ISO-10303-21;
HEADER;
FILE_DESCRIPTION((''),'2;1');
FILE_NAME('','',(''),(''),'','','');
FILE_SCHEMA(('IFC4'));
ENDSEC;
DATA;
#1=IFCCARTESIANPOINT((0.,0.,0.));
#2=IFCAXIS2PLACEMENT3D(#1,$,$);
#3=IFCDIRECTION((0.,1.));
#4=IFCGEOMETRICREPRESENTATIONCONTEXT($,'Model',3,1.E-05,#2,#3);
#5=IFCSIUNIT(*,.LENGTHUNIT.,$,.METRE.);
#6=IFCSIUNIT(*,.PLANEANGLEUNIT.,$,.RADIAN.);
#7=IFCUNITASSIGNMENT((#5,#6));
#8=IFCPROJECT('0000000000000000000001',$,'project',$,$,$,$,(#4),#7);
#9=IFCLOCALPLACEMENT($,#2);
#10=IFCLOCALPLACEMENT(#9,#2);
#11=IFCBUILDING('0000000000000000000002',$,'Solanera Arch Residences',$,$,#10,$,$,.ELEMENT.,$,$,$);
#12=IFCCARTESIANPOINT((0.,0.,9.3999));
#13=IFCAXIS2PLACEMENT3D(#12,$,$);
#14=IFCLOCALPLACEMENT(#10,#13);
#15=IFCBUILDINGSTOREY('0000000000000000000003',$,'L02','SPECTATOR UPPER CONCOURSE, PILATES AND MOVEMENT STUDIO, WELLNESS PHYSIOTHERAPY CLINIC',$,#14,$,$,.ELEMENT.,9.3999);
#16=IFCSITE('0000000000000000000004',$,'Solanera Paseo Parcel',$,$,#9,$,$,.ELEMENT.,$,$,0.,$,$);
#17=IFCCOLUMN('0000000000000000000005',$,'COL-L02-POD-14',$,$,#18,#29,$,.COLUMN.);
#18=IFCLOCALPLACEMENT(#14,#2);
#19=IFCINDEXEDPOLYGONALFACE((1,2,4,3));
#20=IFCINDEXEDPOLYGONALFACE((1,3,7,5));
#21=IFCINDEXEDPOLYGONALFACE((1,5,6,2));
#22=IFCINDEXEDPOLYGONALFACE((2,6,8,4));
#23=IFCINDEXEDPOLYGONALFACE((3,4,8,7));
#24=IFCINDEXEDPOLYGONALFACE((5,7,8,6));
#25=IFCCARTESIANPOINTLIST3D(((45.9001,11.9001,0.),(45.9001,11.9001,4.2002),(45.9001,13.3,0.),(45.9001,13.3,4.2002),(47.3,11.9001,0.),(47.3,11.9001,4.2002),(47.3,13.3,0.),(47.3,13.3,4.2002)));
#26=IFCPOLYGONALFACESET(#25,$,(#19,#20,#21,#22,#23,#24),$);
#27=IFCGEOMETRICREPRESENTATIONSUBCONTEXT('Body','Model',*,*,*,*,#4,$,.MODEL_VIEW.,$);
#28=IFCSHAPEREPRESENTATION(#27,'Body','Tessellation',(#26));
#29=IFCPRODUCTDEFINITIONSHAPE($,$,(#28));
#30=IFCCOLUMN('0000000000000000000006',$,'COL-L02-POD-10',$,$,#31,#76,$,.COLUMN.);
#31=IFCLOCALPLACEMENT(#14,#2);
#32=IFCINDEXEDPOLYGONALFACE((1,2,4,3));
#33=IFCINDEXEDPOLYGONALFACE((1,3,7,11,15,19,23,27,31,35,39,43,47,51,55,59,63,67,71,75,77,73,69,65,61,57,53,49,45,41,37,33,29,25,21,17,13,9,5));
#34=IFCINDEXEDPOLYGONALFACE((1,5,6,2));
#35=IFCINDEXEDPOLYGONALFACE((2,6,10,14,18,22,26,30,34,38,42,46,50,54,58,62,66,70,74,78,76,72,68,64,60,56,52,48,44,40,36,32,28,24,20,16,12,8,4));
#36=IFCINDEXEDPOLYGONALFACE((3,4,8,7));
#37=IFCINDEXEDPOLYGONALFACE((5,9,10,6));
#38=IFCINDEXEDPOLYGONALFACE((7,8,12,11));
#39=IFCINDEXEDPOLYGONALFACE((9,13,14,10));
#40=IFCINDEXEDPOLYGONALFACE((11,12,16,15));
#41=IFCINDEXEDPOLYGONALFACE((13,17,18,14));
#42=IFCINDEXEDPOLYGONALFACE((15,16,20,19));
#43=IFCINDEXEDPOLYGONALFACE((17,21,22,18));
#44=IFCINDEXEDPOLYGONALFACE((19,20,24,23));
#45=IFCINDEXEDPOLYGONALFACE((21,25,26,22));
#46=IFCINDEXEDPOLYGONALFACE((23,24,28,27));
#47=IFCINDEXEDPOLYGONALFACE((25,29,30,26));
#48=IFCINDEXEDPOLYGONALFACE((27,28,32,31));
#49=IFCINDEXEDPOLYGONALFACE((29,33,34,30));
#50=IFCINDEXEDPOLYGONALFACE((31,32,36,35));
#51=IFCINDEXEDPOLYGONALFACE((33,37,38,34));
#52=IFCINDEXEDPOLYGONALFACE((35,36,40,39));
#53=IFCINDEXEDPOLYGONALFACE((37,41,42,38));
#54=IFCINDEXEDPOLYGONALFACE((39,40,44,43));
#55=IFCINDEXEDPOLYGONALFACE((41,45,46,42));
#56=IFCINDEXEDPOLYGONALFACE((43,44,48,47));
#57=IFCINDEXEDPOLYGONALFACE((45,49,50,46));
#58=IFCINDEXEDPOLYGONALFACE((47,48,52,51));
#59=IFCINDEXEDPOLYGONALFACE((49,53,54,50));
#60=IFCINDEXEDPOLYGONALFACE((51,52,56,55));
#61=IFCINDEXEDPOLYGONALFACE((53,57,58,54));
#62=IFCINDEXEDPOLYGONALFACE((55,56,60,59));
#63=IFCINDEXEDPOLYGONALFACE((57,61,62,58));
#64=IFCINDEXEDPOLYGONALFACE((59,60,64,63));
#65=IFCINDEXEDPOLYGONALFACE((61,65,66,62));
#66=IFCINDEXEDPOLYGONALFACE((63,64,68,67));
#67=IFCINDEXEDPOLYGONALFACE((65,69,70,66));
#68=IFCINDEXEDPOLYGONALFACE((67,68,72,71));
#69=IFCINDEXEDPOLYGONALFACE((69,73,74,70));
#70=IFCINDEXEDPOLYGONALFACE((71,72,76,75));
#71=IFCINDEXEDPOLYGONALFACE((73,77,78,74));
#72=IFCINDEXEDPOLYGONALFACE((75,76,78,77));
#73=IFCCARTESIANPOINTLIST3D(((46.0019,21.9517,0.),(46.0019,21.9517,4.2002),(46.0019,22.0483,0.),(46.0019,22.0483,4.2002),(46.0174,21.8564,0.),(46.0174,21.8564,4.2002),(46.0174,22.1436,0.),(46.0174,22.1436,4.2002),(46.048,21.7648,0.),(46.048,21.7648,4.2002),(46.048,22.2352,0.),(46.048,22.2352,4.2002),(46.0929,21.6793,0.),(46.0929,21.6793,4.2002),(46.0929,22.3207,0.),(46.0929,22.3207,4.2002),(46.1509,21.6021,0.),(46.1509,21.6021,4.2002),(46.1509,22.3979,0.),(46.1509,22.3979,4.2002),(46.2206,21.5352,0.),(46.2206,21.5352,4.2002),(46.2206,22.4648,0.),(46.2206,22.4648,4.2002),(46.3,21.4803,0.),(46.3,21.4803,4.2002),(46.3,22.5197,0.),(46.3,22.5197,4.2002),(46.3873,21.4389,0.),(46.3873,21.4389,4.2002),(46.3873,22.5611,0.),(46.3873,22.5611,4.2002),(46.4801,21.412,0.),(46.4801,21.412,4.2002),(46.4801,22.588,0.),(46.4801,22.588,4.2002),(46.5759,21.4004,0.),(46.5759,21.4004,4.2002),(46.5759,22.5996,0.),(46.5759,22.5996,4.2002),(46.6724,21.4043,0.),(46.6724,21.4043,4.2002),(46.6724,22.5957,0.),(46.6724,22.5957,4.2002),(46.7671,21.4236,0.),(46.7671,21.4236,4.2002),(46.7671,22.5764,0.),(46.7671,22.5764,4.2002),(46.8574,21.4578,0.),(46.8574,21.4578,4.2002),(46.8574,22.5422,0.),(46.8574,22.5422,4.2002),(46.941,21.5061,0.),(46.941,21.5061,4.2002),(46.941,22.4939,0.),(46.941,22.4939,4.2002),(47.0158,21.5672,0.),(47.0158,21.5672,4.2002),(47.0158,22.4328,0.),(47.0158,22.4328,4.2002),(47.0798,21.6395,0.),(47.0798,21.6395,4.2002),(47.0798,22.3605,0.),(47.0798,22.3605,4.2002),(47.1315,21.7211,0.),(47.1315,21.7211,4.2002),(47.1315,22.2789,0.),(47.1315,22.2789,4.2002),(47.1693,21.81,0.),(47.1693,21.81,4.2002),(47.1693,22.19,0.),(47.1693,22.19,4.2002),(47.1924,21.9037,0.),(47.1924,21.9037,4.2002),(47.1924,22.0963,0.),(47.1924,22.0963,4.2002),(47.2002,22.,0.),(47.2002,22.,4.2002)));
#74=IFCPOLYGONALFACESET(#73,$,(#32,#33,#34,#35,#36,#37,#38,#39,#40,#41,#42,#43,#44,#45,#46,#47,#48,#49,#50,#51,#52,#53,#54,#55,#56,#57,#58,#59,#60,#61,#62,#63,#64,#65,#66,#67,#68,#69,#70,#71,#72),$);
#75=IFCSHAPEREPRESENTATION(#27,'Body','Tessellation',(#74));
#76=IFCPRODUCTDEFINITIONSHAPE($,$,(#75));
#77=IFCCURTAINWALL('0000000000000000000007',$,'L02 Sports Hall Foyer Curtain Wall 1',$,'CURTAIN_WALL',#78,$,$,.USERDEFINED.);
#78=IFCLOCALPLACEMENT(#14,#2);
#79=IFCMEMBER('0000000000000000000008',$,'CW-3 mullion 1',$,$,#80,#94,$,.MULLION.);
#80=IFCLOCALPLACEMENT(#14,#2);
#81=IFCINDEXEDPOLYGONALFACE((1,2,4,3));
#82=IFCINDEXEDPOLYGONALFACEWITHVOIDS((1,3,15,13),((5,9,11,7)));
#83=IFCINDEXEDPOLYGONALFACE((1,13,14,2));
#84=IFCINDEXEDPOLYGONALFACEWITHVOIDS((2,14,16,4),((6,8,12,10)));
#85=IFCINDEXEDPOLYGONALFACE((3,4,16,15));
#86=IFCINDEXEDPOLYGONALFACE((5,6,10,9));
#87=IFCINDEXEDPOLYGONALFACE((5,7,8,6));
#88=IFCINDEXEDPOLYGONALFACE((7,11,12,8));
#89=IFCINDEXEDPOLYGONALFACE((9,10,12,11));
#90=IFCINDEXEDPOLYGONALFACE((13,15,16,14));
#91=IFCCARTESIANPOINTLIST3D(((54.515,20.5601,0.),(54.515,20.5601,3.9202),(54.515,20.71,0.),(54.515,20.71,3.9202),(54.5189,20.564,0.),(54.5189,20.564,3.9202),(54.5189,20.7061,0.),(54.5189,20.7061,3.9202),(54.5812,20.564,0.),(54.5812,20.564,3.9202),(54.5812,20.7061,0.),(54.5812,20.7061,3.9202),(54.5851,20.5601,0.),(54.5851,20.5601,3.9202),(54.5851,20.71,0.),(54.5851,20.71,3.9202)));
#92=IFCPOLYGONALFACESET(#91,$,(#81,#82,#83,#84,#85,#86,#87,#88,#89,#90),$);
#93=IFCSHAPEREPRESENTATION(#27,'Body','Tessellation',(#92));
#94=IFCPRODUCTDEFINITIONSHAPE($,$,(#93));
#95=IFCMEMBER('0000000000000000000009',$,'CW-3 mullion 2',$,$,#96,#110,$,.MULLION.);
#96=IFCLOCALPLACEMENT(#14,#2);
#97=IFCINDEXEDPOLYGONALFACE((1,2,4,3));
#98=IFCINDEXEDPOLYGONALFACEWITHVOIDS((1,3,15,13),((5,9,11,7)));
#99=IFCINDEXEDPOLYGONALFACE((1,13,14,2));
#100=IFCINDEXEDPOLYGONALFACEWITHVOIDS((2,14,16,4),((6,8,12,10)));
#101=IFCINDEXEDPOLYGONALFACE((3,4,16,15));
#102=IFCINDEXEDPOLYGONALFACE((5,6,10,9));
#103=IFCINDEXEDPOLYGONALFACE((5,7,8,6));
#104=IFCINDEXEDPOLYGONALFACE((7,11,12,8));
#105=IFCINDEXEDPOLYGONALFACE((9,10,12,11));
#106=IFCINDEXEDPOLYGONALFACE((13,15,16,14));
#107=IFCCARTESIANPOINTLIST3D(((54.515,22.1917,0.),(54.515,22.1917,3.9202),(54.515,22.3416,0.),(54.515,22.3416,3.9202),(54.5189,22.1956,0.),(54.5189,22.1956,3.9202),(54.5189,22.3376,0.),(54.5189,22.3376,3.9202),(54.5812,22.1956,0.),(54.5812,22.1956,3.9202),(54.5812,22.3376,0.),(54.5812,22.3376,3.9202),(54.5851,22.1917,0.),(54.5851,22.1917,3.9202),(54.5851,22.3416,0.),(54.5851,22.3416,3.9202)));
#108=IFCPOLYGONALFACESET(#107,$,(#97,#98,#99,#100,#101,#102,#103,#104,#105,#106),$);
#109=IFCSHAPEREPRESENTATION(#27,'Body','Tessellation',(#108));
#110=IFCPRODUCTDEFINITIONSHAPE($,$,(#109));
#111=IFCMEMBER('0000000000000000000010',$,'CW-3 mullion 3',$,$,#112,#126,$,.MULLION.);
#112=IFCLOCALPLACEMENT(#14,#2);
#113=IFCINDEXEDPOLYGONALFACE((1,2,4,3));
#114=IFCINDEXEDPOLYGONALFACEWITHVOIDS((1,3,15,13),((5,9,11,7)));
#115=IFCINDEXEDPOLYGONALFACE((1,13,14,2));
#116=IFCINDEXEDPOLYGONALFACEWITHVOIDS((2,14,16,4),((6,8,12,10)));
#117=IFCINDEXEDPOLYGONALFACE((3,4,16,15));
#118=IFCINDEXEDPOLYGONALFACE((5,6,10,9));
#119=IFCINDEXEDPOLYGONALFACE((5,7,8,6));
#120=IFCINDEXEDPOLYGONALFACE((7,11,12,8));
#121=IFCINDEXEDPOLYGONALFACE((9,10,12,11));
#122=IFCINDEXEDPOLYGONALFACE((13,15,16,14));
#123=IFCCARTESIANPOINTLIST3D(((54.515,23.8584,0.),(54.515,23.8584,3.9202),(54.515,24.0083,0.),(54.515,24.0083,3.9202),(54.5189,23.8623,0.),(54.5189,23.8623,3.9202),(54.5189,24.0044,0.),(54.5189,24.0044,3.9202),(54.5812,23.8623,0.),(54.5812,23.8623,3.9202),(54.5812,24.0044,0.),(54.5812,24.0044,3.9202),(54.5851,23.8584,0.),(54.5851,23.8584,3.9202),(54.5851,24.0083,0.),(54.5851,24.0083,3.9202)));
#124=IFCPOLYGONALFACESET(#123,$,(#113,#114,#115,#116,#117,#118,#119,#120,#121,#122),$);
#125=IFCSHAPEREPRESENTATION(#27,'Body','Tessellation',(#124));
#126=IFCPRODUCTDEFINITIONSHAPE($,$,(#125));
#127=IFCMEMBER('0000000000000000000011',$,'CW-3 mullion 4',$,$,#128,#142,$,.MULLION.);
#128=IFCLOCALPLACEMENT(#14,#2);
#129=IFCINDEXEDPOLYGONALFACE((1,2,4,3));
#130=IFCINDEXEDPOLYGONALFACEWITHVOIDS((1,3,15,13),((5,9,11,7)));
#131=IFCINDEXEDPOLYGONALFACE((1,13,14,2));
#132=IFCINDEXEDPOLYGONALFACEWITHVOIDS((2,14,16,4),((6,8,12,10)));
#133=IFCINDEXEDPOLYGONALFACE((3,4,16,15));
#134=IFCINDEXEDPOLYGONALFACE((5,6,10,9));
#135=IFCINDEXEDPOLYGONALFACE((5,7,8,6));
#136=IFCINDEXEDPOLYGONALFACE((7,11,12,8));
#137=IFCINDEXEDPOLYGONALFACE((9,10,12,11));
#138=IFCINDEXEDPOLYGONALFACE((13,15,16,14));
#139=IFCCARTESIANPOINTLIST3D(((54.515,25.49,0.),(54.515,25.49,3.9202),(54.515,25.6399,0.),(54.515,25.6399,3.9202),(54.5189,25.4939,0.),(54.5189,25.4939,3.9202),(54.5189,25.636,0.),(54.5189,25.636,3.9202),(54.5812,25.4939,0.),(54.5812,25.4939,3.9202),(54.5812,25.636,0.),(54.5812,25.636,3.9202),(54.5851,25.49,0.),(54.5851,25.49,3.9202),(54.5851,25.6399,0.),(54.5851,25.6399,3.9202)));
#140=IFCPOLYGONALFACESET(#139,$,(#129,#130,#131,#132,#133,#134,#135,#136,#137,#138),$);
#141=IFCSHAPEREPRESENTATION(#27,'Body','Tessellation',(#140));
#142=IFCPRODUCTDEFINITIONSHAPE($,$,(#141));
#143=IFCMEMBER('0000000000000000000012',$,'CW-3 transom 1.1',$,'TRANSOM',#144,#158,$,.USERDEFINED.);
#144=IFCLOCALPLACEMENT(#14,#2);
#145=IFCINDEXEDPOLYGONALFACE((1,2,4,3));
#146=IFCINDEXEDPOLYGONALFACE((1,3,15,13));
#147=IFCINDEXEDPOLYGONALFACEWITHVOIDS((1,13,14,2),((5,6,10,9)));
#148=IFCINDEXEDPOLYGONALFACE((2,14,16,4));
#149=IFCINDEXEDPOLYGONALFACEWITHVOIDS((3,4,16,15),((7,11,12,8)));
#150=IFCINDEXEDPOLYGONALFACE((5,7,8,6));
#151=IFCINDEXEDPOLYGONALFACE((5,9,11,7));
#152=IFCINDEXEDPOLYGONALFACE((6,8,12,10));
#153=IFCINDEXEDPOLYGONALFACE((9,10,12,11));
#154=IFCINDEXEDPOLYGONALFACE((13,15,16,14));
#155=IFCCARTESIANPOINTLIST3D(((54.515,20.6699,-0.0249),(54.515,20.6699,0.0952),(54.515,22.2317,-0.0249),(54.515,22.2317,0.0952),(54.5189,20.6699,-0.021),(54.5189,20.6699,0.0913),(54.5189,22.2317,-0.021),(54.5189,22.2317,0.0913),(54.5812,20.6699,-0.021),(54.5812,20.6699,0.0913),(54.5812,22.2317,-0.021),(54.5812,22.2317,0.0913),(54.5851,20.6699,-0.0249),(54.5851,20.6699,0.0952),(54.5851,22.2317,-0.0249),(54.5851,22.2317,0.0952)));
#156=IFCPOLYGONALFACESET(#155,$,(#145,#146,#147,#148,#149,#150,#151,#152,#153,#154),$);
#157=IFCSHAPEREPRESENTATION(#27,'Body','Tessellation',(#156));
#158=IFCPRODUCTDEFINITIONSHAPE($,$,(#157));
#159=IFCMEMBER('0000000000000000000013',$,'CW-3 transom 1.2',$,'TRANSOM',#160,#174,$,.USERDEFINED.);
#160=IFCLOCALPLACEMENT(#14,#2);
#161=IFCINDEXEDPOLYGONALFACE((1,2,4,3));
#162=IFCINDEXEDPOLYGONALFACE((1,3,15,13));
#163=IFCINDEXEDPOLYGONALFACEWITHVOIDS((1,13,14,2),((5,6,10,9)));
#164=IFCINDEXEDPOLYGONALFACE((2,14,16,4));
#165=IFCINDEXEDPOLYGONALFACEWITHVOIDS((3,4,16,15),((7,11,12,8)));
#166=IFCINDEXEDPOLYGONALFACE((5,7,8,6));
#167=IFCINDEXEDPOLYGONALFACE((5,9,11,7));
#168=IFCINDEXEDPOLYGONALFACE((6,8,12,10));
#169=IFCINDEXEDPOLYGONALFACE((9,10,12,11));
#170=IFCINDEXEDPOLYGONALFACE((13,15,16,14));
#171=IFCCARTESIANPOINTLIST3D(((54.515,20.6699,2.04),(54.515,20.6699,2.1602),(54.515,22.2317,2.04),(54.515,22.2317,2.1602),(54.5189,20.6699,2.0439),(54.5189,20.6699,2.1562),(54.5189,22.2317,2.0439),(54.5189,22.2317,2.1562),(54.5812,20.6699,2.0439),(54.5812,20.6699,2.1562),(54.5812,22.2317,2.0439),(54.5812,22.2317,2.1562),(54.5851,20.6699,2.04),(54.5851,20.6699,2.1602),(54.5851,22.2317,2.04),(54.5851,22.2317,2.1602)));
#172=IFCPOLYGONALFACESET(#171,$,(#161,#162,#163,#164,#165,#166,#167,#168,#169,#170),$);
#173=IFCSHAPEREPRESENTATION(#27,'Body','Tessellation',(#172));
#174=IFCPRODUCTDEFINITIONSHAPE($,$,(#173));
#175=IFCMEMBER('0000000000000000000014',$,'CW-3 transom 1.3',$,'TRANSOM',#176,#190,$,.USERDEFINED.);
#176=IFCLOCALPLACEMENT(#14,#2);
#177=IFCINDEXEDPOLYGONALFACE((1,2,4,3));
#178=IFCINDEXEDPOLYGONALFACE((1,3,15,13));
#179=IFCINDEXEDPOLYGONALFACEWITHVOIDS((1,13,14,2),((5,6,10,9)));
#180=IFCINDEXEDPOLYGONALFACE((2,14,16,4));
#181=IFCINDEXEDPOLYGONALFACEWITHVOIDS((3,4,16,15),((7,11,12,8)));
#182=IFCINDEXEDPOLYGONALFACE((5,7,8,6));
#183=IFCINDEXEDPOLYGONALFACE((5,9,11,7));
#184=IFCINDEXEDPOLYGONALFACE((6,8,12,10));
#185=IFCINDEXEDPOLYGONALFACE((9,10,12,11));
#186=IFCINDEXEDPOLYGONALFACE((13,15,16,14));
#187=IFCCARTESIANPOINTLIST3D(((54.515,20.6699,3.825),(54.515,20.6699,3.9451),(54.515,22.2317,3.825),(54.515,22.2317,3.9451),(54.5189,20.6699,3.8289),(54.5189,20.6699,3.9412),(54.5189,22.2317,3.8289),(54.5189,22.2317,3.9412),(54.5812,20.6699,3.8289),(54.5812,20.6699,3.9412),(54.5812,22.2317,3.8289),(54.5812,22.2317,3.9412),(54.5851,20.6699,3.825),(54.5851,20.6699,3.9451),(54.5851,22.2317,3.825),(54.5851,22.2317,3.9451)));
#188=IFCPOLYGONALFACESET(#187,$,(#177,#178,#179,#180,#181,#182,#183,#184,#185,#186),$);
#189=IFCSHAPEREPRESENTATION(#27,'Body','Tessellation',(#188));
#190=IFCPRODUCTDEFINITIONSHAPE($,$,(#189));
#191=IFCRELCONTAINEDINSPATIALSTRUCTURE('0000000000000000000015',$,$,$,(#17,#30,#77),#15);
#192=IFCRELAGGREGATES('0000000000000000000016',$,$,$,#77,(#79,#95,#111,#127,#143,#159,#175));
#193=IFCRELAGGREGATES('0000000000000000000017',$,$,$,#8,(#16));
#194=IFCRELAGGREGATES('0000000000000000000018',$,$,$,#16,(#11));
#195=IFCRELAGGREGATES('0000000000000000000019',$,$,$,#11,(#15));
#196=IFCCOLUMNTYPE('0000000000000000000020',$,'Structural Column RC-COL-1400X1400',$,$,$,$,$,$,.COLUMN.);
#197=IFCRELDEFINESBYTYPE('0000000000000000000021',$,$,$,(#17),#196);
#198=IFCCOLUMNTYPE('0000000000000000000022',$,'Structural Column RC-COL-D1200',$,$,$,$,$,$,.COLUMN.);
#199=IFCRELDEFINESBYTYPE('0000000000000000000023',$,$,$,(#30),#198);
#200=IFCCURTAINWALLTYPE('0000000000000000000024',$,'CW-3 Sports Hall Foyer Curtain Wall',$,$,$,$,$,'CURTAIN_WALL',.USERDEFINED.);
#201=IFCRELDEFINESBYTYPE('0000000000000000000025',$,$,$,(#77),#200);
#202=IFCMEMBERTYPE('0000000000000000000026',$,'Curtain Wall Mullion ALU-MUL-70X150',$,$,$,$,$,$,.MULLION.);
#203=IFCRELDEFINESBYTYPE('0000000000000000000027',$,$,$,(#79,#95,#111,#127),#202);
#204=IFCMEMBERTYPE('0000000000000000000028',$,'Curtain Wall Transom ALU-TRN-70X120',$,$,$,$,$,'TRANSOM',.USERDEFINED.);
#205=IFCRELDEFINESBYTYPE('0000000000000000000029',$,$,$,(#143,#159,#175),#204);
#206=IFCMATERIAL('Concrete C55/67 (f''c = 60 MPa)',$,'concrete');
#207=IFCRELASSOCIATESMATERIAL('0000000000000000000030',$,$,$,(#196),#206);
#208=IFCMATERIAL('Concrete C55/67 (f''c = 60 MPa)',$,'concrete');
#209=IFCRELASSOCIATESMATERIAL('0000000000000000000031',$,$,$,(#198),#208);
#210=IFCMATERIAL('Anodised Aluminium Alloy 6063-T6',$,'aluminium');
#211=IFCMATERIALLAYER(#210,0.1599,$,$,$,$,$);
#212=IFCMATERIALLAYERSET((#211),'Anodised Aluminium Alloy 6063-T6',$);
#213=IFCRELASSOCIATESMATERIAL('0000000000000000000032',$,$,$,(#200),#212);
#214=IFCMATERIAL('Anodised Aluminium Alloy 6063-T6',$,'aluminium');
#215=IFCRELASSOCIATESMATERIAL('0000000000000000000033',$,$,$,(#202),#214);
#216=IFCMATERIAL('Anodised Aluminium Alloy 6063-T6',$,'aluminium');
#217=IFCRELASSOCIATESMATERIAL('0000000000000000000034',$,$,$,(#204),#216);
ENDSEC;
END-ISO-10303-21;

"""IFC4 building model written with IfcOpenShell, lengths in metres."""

from ifc_helpers import new_model, si_unit, direction, frame, origin, origin_2d, place, context, subcontext, project, spatial, rectangle, hollow_rectangle, circle, extrude, material, layer, layer_set, material_profile, profile_set, type_object, element, aggregate, save


model = new_model("IFC4")

# Units and contexts
model_context = context("Model", 3, precision=1e-05, world=origin(), true_north=direction((0.0, 1.0)))
body_context = subcontext(model_context, "Body", "Model", "MODEL_VIEW")
ifc_project = project(units=[si_unit("LENGTHUNIT", "METRE"), si_unit("PLANEANGLEUNIT", "RADIAN")], contexts=[model_context])

# Site, building, storey
site_placement = place(None, origin())
site = spatial("IfcSite", under=ifc_project, at=site_placement, Name="Solanera Paseo Parcel", CompositionType="ELEMENT", RefElevation=0.0)
building_placement = place(site_placement, origin())
building = spatial("IfcBuilding", under=site, at=building_placement, Name="Solanera Arch Residences", CompositionType="ELEMENT")
storey_placement = place(building_placement, frame((0.0, 0.0, 9.3999)))
storey = spatial("IfcBuildingStorey", under=building, at=storey_placement, Name="L02", Description="SPECTATOR UPPER CONCOURSE, PILATES AND MOVEMENT STUDIO, WELLNESS PHYSIOTHERAPY CLINIC", CompositionType="ELEMENT", Elevation=9.3999)

# Columns
ifc_material_1 = material(Name="Concrete C55/67 (f'c = 60 MPa)", Category="concrete")
ifc_material_profile_1 = material_profile(ifc_material_1, rectangle(XDim=1.3999, YDim=1.3999, at=origin_2d()))
ifc_profile_set_1 = profile_set([ifc_material_profile_1], Name="Concrete C55/67 (f'c = 60 MPa)")
column_type_1 = type_object("IfcColumnType", Name="Structural Column RC-COL-1400X1400", PredefinedType="COLUMN", material=ifc_profile_set_1)
column_1_placement = place(storey_placement, frame((46.6001, 12.6001, 0.0), z_axis=(0.0, 0.0, 1.0), x_axis=(1.0, 0.0, 0.0)))
element("IfcColumn", 1, at=column_1_placement, inside=storey, type_object=column_type_1, Name="COL-L02-POD-14", PredefinedType="COLUMN", context=body_context, shape_type="SweptSolid", body=[
    extrude(rectangle(XDim=1.3999, YDim=1.3999, at=origin_2d()), origin(), (0.0, 0.0, 1.0), 4.2002),
])
ifc_material_2 = material(Name="Concrete C55/67 (f'c = 60 MPa)", Category="concrete")
ifc_material_profile_2 = material_profile(ifc_material_2, circle(Radius=0.6001, at=origin_2d()))
ifc_profile_set_2 = profile_set([ifc_material_profile_2], Name="Concrete C55/67 (f'c = 60 MPa)")
column_type_2 = type_object("IfcColumnType", Name="Structural Column RC-COL-D1200", PredefinedType="COLUMN", material=ifc_profile_set_2)
column_2_placement = place(storey_placement, frame((46.6001, 22.0, 0.0), z_axis=(0.0, 0.0, 1.0), x_axis=(1.0, 0.0, 0.0)))
element("IfcColumn", 2, at=column_2_placement, inside=storey, type_object=column_type_2, Name="COL-L02-POD-10", PredefinedType="COLUMN", context=body_context, shape_type="SweptSolid", body=[
    extrude(circle(Radius=0.6001, at=origin_2d()), origin(), (0.0, 0.0, 1.0), 4.2002),
])

# Curtain wall, members
ifc_material_3 = material(Name="Anodised Aluminium Alloy 6063-T6", Category="aluminium")
ifc_layer_1 = layer(ifc_material_3, 0.1599)
ifc_layer_set_1 = layer_set([ifc_layer_1], Name="Anodised Aluminium Alloy 6063-T6")
curtain_wall_type = type_object("IfcCurtainWallType", Name="CW-3 Sports Hall Foyer Curtain Wall", ElementType="CURTAIN_WALL", PredefinedType="USERDEFINED", material=ifc_layer_set_1)
curtain_wall_placement = place(storey_placement, origin())
curtain_wall = element("IfcCurtainWall", 3, at=curtain_wall_placement, inside=storey, type_object=curtain_wall_type, Name="L02 Sports Hall Foyer Curtain Wall 1", ObjectType="CURTAIN_WALL", PredefinedType="USERDEFINED")
ifc_material_4 = material(Name="Anodised Aluminium Alloy 6063-T6", Category="aluminium")
ifc_material_profile_3 = material_profile(ifc_material_4, hollow_rectangle(XDim=0.0701, YDim=0.1499, WallThickness=0.0039, at=origin_2d()))
ifc_profile_set_3 = profile_set([ifc_material_profile_3], Name="Anodised Aluminium Alloy 6063-T6")
member_type_1 = type_object("IfcMemberType", Name="Curtain Wall Mullion ALU-MUL-70X150", PredefinedType="MULLION", material=ifc_profile_set_3)
member_1_placement = place(storey_placement, frame((54.55, 20.635, 0.0), z_axis=(0.0, 0.0, 1.0), x_axis=(-1.0, 0.0, 0.0)))
member_1 = element("IfcMember", 4, at=member_1_placement, type_object=member_type_1, Name="CW-3 mullion 1", PredefinedType="MULLION", context=body_context, shape_type="SweptSolid", body=[
    extrude(hollow_rectangle(XDim=0.0701, YDim=0.1499, WallThickness=0.0039, at=origin_2d()), origin(), (0.0, 0.0, 1.0), 3.9202),
])
member_2_placement = place(storey_placement, frame((54.55, 22.2666, 0.0), z_axis=(0.0, 0.0, 1.0), x_axis=(-1.0, 0.0, 0.0)))
member_2 = element("IfcMember", 5, at=member_2_placement, type_object=member_type_1, Name="CW-3 mullion 2", PredefinedType="MULLION", context=body_context, shape_type="SweptSolid", body=[
    extrude(hollow_rectangle(XDim=0.0701, YDim=0.1499, WallThickness=0.0039, at=origin_2d()), origin(), (0.0, 0.0, 1.0), 3.9202),
])
member_3_placement = place(storey_placement, frame((54.55, 23.9333, 0.0), z_axis=(0.0, 0.0, 1.0), x_axis=(-1.0, 0.0, 0.0)))
member_3 = element("IfcMember", 6, at=member_3_placement, type_object=member_type_1, Name="CW-3 mullion 3", PredefinedType="MULLION", context=body_context, shape_type="SweptSolid", body=[
    extrude(hollow_rectangle(XDim=0.0701, YDim=0.1499, WallThickness=0.0039, at=origin_2d()), origin(), (0.0, 0.0, 1.0), 3.9202),
])
member_4_placement = place(storey_placement, frame((54.55, 25.5649, 0.0), z_axis=(0.0, 0.0, 1.0), x_axis=(-1.0, 0.0, 0.0)))
member_4 = element("IfcMember", 7, at=member_4_placement, type_object=member_type_1, Name="CW-3 mullion 4", PredefinedType="MULLION", context=body_context, shape_type="SweptSolid", body=[
    extrude(hollow_rectangle(XDim=0.0701, YDim=0.1499, WallThickness=0.0039, at=origin_2d()), origin(), (0.0, 0.0, 1.0), 3.9202),
])
ifc_material_5 = material(Name="Anodised Aluminium Alloy 6063-T6", Category="aluminium")
ifc_material_profile_4 = material_profile(ifc_material_5, hollow_rectangle(XDim=0.0701, YDim=0.1201, WallThickness=0.0039, at=origin_2d()))
ifc_profile_set_4 = profile_set([ifc_material_profile_4], Name="Anodised Aluminium Alloy 6063-T6")
member_type_2 = type_object("IfcMemberType", Name="Curtain Wall Transom ALU-TRN-70X120", ElementType="TRANSOM", PredefinedType="USERDEFINED", material=ifc_profile_set_4)
member_5_placement = place(storey_placement, frame((54.55, 20.6699, 0.0352), z_axis=(0.0, 1.0, 0.0), x_axis=(-1.0, 0.0, 0.0)))
member_5 = element("IfcMember", 8, at=member_5_placement, type_object=member_type_2, Name="CW-3 transom 1.1", ObjectType="TRANSOM", PredefinedType="USERDEFINED", context=body_context, shape_type="SweptSolid", body=[
    extrude(hollow_rectangle(XDim=0.0701, YDim=0.1201, WallThickness=0.0039, at=origin_2d()), origin(), (0.0, 0.0, 1.0), 1.5618),
])
member_6_placement = place(storey_placement, frame((54.55, 20.6699, 2.1001), z_axis=(0.0, 1.0, 0.0), x_axis=(-1.0, 0.0, 0.0)))
member_6 = element("IfcMember", 9, at=member_6_placement, type_object=member_type_2, Name="CW-3 transom 1.2", ObjectType="TRANSOM", PredefinedType="USERDEFINED", context=body_context, shape_type="SweptSolid", body=[
    extrude(hollow_rectangle(XDim=0.0701, YDim=0.1201, WallThickness=0.0039, at=origin_2d()), origin(), (0.0, 0.0, 1.0), 1.5618),
])
member_7_placement = place(storey_placement, frame((54.55, 20.6699, 3.885), z_axis=(0.0, 1.0, 0.0), x_axis=(-1.0, 0.0, 0.0)))
member_7 = element("IfcMember", 10, at=member_7_placement, type_object=member_type_2, Name="CW-3 transom 1.3", ObjectType="TRANSOM", PredefinedType="USERDEFINED", context=body_context, shape_type="SweptSolid", body=[
    extrude(hollow_rectangle(XDim=0.0701, YDim=0.1201, WallThickness=0.0039, at=origin_2d()), origin(), (0.0, 0.0, 1.0), 1.5618),
])

aggregate(curtain_wall, [member_1, member_2, member_3, member_4, member_5, member_6, member_7])

save(model, "model.ifc")
